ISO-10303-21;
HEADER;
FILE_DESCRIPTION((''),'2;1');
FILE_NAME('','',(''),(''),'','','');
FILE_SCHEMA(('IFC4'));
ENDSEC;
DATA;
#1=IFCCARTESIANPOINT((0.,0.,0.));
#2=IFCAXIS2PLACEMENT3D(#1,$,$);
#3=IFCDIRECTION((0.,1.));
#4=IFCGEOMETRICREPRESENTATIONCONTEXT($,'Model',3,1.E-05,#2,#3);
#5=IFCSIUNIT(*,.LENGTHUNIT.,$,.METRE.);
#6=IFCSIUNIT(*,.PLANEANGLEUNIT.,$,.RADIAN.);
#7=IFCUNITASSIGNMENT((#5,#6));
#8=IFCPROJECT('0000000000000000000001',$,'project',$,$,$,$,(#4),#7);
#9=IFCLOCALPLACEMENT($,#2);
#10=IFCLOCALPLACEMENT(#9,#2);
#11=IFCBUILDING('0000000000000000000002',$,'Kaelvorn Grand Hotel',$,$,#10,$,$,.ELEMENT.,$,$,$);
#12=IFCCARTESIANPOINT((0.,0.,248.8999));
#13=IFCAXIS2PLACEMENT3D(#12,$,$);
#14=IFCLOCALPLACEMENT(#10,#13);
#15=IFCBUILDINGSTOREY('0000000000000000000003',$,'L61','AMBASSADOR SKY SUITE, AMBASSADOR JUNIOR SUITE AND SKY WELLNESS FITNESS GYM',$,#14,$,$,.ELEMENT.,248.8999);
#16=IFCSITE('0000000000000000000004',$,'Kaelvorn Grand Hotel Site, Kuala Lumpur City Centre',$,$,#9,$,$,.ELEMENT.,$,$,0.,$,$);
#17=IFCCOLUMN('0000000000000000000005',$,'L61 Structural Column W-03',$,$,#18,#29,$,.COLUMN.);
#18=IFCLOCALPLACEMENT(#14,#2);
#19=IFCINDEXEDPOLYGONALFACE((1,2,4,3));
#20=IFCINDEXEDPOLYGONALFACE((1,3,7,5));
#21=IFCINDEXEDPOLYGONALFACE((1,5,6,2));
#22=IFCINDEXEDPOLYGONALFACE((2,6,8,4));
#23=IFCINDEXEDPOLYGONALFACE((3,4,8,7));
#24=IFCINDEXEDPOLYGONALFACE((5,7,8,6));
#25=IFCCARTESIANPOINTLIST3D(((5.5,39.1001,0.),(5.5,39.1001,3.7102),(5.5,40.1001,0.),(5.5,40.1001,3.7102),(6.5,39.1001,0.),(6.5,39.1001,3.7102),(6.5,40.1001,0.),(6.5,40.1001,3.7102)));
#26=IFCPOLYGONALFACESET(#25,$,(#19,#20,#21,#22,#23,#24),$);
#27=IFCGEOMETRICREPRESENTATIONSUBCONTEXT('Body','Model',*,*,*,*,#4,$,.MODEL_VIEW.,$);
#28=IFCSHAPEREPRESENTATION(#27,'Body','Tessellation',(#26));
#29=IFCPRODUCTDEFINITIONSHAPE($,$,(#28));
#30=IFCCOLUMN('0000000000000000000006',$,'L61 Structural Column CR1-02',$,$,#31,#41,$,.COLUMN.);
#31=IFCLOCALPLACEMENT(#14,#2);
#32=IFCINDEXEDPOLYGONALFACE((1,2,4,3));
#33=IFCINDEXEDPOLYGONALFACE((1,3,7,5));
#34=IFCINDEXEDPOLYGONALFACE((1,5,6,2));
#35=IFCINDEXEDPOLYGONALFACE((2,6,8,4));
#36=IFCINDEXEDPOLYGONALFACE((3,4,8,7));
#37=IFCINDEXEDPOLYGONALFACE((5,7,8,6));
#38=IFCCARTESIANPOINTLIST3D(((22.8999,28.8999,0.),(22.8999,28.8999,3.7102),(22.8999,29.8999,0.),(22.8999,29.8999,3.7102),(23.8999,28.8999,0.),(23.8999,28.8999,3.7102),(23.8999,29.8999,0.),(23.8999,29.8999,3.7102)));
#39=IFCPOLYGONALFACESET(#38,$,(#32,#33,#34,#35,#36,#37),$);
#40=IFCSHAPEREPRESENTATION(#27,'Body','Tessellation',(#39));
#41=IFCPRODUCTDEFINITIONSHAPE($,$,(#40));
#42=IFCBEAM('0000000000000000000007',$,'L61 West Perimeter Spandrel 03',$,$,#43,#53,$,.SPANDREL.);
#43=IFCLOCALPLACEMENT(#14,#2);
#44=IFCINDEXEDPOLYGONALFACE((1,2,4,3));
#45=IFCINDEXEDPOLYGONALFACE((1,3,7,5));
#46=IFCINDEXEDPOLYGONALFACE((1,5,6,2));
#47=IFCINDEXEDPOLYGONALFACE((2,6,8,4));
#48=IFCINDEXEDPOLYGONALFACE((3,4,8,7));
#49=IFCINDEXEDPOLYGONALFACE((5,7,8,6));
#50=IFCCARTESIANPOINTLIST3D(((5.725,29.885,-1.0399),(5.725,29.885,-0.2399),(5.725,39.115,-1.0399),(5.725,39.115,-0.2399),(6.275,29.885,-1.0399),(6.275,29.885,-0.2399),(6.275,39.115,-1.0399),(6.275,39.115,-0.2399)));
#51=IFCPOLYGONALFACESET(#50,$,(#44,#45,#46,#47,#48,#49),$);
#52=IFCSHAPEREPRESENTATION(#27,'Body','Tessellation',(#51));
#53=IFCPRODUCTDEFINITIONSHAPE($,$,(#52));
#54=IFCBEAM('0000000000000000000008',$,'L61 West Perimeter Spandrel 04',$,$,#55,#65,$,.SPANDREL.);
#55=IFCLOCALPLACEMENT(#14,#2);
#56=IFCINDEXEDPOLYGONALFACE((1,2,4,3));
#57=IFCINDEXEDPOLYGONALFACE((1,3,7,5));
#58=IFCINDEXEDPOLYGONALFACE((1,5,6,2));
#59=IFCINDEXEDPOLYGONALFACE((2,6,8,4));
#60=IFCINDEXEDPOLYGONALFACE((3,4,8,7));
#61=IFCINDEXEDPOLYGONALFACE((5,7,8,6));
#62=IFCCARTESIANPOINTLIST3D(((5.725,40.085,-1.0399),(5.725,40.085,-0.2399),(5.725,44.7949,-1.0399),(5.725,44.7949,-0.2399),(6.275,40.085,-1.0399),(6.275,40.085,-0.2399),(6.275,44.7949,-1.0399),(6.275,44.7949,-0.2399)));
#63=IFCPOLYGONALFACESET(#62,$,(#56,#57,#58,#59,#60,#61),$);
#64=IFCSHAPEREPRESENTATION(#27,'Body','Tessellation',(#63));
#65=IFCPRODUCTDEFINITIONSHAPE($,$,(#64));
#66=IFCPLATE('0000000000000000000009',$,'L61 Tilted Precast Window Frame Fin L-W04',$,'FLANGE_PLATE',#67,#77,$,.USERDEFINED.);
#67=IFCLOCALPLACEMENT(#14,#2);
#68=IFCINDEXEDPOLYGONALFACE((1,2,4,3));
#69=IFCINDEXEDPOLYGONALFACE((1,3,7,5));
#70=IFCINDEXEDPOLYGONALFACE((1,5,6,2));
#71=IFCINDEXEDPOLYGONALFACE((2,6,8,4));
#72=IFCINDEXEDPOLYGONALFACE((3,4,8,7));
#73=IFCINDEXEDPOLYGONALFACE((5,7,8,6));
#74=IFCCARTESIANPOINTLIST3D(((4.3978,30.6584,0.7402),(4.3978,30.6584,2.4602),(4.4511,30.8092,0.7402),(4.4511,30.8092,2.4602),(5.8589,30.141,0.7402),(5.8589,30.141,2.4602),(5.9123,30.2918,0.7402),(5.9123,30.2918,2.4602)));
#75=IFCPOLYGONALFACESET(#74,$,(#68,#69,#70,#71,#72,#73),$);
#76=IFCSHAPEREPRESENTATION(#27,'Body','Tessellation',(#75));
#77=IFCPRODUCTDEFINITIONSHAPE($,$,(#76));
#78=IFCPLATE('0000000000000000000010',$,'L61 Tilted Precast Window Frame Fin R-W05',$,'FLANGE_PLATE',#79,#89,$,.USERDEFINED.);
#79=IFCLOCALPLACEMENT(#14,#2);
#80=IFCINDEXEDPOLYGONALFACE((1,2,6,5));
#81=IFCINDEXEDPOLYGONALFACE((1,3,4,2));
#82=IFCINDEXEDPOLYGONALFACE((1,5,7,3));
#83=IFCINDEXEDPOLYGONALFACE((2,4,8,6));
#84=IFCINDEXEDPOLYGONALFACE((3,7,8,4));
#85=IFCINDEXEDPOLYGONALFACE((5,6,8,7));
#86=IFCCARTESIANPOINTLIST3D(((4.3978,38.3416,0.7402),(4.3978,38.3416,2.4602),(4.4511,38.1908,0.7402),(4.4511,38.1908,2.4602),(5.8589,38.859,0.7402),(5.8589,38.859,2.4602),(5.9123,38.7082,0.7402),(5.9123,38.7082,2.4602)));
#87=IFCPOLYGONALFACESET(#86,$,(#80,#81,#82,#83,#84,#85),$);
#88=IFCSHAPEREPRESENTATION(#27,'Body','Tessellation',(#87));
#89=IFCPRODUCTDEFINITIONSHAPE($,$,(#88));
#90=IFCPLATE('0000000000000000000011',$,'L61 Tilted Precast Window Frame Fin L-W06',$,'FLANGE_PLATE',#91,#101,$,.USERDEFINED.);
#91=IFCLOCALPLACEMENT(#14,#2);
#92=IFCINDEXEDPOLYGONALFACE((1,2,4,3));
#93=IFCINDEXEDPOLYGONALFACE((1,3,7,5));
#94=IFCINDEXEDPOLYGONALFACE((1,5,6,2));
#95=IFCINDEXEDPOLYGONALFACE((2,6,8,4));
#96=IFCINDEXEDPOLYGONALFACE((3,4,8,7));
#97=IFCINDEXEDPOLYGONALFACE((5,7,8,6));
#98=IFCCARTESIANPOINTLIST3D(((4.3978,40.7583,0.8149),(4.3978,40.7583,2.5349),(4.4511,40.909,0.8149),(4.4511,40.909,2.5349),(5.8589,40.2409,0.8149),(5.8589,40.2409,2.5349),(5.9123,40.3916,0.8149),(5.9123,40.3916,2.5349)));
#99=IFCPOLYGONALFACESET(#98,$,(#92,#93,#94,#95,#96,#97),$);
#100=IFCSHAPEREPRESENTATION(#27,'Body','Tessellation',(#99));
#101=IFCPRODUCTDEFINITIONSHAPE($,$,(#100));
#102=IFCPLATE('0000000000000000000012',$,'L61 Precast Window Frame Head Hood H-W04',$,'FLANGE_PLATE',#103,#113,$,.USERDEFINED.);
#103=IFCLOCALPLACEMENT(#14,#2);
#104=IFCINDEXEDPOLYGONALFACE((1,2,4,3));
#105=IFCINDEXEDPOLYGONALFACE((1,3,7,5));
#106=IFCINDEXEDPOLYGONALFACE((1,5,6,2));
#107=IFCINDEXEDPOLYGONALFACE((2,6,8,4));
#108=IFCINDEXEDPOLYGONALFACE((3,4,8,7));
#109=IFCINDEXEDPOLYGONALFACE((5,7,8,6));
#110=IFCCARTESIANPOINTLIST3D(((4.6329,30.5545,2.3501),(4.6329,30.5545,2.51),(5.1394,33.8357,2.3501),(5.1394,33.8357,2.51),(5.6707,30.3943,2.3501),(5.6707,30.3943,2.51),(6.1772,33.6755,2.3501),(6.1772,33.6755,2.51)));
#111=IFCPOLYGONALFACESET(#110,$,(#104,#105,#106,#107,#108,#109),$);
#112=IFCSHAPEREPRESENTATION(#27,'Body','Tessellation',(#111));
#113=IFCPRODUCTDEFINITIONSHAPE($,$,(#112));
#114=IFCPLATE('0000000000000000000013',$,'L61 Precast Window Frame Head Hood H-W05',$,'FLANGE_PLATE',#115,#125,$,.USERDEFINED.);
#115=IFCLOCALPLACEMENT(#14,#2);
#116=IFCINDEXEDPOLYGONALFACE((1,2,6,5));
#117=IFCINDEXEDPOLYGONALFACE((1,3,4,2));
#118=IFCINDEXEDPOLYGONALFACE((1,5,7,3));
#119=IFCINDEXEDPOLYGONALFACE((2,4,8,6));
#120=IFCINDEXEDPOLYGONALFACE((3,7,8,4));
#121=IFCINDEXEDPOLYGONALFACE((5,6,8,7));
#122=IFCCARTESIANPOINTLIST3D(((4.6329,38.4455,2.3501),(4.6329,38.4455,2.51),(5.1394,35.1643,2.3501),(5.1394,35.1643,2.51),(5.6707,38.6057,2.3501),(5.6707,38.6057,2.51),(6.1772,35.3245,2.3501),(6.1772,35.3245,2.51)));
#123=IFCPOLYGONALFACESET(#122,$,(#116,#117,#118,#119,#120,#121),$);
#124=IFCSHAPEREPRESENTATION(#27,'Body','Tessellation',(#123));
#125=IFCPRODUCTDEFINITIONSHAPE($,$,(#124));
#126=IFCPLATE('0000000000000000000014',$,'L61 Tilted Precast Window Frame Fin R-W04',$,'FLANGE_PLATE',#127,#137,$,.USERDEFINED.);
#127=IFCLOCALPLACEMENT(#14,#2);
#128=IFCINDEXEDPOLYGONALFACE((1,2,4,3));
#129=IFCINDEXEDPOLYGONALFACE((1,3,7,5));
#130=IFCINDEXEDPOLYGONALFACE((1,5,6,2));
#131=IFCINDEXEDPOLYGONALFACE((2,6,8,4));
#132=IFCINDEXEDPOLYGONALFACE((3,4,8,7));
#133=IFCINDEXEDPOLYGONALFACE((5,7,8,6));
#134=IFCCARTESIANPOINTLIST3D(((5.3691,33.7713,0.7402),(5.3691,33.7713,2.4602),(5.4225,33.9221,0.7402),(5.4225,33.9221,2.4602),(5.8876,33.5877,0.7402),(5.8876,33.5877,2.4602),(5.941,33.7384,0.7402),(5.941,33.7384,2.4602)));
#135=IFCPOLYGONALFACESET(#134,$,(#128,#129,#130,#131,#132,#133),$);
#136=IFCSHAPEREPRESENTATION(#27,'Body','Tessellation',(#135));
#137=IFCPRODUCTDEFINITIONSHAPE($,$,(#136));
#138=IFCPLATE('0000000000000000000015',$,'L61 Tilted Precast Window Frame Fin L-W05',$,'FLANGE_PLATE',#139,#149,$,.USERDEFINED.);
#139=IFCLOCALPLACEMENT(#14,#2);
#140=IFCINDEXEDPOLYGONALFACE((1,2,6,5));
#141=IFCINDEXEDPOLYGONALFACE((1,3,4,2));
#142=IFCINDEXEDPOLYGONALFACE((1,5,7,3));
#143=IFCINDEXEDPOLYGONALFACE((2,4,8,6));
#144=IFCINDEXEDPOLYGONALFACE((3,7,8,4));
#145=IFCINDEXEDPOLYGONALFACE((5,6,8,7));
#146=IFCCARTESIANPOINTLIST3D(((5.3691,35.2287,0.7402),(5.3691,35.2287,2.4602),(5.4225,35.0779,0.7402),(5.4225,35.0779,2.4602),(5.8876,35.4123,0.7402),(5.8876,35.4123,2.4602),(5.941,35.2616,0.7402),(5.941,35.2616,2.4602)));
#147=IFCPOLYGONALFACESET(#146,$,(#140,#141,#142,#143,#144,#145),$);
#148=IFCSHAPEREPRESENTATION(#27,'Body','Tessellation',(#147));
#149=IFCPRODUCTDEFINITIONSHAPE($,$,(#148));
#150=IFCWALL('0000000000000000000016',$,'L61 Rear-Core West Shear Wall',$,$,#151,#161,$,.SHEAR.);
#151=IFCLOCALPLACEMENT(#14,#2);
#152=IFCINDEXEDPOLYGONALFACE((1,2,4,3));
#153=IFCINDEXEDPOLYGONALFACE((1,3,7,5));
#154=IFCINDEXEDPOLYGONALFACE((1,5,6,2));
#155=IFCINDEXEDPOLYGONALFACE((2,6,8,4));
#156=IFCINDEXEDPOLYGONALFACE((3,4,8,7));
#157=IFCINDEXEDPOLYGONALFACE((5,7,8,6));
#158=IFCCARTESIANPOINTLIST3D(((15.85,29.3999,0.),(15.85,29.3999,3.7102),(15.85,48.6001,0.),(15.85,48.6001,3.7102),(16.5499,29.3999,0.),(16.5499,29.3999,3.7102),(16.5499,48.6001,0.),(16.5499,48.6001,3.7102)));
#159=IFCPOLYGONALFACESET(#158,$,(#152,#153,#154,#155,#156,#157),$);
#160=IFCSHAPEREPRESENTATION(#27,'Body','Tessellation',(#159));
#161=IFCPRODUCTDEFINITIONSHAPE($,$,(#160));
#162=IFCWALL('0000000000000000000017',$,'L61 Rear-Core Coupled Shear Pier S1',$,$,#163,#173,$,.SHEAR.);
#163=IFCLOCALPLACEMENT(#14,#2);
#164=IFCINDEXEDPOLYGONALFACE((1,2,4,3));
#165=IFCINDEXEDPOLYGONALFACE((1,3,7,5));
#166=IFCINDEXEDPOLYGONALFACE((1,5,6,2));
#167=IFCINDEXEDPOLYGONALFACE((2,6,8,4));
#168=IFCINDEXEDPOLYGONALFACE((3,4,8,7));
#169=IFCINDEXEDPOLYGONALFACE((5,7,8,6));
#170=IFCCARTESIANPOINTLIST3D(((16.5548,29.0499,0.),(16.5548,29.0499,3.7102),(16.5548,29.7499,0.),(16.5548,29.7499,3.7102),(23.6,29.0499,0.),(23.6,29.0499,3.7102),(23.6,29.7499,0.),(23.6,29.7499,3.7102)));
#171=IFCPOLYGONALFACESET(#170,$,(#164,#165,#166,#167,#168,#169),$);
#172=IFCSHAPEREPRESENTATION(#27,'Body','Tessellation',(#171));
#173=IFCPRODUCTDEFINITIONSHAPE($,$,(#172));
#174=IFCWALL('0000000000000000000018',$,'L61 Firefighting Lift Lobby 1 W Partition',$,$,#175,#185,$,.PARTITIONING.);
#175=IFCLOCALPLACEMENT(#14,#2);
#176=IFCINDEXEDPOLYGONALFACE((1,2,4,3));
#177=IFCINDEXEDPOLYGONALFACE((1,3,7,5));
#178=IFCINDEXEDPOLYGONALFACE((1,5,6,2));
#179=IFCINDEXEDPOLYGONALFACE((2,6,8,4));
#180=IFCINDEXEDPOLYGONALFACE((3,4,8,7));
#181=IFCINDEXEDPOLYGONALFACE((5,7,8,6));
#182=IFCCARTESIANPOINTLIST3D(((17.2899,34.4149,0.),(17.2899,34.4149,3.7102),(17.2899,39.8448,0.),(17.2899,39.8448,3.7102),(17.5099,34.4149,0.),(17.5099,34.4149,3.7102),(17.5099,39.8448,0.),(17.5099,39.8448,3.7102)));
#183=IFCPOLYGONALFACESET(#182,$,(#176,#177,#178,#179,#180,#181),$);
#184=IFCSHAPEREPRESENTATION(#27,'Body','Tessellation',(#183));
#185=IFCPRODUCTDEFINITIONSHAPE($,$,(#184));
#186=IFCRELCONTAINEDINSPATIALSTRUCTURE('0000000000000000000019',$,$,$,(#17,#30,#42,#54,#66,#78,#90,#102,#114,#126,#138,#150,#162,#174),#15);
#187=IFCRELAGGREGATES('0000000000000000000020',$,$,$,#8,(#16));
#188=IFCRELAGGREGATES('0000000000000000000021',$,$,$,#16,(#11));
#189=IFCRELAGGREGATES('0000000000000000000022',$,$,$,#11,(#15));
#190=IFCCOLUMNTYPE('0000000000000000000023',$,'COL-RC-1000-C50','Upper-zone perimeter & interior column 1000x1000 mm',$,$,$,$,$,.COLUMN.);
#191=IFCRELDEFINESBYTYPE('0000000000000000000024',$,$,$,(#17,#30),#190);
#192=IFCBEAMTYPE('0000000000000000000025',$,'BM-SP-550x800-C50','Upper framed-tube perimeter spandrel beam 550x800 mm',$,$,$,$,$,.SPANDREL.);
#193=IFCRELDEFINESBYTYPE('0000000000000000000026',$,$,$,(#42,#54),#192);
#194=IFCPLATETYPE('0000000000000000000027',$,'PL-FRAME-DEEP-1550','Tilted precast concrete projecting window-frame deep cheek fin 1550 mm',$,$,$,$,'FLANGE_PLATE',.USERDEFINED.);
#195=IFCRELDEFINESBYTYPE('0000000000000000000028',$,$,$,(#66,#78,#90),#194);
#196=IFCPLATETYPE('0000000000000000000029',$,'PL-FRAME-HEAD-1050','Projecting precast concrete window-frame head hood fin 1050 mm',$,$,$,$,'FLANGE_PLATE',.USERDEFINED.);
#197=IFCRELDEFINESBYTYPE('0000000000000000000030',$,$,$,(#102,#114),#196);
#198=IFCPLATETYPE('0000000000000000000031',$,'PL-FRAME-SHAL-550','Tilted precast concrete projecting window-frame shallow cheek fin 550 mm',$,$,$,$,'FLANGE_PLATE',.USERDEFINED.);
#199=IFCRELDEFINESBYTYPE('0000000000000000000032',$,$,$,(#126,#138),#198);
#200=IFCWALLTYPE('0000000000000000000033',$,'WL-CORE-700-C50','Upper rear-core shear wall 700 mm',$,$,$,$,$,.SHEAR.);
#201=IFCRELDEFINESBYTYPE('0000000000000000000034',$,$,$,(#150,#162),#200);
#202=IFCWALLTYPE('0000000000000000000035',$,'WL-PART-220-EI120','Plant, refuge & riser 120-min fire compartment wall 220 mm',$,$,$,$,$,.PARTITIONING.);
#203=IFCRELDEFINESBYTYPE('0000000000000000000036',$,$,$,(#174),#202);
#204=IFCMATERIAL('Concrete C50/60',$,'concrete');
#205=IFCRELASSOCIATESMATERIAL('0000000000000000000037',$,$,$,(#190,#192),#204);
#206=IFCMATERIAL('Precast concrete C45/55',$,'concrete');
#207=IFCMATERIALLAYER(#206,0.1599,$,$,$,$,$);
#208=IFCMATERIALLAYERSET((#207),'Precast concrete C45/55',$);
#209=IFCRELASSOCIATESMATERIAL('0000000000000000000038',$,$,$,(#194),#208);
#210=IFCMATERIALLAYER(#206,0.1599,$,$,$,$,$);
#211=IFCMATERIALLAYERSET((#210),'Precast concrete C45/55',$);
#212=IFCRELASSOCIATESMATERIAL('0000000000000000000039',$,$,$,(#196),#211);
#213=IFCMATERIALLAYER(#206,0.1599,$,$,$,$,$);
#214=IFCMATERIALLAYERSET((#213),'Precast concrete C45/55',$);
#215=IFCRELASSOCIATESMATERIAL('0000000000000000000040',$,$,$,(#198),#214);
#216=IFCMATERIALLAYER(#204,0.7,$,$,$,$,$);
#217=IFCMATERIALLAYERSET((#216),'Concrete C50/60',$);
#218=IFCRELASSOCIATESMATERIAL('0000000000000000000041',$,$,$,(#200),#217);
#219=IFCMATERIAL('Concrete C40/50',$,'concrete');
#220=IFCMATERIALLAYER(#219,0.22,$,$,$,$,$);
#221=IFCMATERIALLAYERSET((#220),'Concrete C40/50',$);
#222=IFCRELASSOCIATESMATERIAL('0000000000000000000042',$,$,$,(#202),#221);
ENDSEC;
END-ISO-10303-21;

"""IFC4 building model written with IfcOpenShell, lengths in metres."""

from ifc_helpers import new_model, si_unit, direction, frame, frame_2d, origin, origin_2d, place, context, subcontext, project, spatial, rectangle, extrude, material, layer, layer_set, material_profile, profile_set, type_object, element, save


model = new_model("IFC4")

# Units and contexts
model_context = context("Model", 3, precision=1e-05, world=origin(), true_north=direction((0.0, 1.0)))
body_context = subcontext(model_context, "Body", "Model", "MODEL_VIEW")
ifc_project = project(units=[si_unit("LENGTHUNIT", "METRE"), si_unit("PLANEANGLEUNIT", "RADIAN")], contexts=[model_context])

# Site, building, storey
site_placement = place(None, origin())
site = spatial("IfcSite", under=ifc_project, at=site_placement, Name="Kaelvorn Grand Hotel Site, Kuala Lumpur City Centre", CompositionType="ELEMENT", RefElevation=0.0)
building_placement = place(site_placement, origin())
building = spatial("IfcBuilding", under=site, at=building_placement, Name="Kaelvorn Grand Hotel", CompositionType="ELEMENT")
storey_placement = place(building_placement, frame((0.0, 0.0, 248.8999)))
storey = spatial("IfcBuildingStorey", under=building, at=storey_placement, Name="L61", Description="AMBASSADOR SKY SUITE, AMBASSADOR JUNIOR SUITE AND SKY WELLNESS FITNESS GYM", CompositionType="ELEMENT", Elevation=248.8999)

# Columns
ifc_material_1 = material(Name="Concrete C50/60", Category="concrete")
ifc_material_profile_1 = material_profile(ifc_material_1, rectangle(XDim=1.0, YDim=1.0, at=origin_2d()), Name="RC COL 1000x1000")
ifc_profile_set_1 = profile_set([ifc_material_profile_1], Name="Concrete C50/60")
column_type = type_object("IfcColumnType", Name="COL-RC-1000-C50", Description="Upper-zone perimeter & interior column 1000x1000 mm", PredefinedType="COLUMN", material=ifc_profile_set_1)
for number, where, z_axis, x_axis, name in (
    (1, (6.0, 39.6001, 0.0), (0.0, 0.0, 1.0), (1.0, 0.0, 0.0), "L61 Structural Column W-03"),
    (2, (23.3999, 29.3999, 0.0), (0.0, 0.0, 1.0), (1.0, 0.0, 0.0), "L61 Structural Column CR1-02"),
):
    element("IfcColumn", number, at=place(storey_placement, frame(where, z_axis=z_axis, x_axis=x_axis)), inside=storey, type_object=column_type, Name=name, PredefinedType="COLUMN", context=body_context, shape_type="SweptSolid", body=[
        extrude(rectangle(XDim=1.0, YDim=1.0, at=origin_2d()), origin(), (0.0, 0.0, 1.0), 3.7102),
    ])

# Beams
ifc_material_profile_2 = material_profile(ifc_material_1, rectangle(XDim=0.55, YDim=0.8, at=origin_2d()), Name="RC SPANDREL 550x800")
ifc_profile_set_2 = profile_set([ifc_material_profile_2], Name="Concrete C50/60")
beam_type = type_object("IfcBeamType", Name="BM-SP-550x800-C50", Description="Upper framed-tube perimeter spandrel beam 550x800 mm", PredefinedType="SPANDREL", material=ifc_profile_set_2)
beam_1_placement = place(storey_placement, frame((6.0, 29.885, -0.6399), z_axis=(0.0, 1.0, 0.0), x_axis=(-1.0, 0.0, 0.0)))
element("IfcBeam", 3, at=beam_1_placement, inside=storey, type_object=beam_type, Name="L61 West Perimeter Spandrel 03", PredefinedType="SPANDREL", context=body_context, shape_type="SweptSolid", body=[
    extrude(rectangle(XDim=0.55, YDim=0.8, at=origin_2d()), origin(), (0.0, 0.0, 1.0), 9.23),
])
beam_2_placement = place(storey_placement, frame((6.0, 40.085, -0.6399), z_axis=(0.0, 1.0, 0.0), x_axis=(-1.0, 0.0, 0.0)))
element("IfcBeam", 4, at=beam_2_placement, inside=storey, type_object=beam_type, Name="L61 West Perimeter Spandrel 04", PredefinedType="SPANDREL", context=body_context, shape_type="SweptSolid", body=[
    extrude(rectangle(XDim=0.55, YDim=0.8, at=origin_2d()), origin(), (0.0, 0.0, 1.0), 4.71),
])

# Plates
ifc_material_2 = material(Name="Precast concrete C45/55", Category="concrete")
ifc_layer_1 = layer(ifc_material_2, 0.1599)
ifc_layer_set_1 = layer_set([ifc_layer_1], Name="Precast concrete C45/55")
plate_type_1 = type_object("IfcPlateType", Name="PL-FRAME-DEEP-1550", Description="Tilted precast concrete projecting window-frame deep cheek fin 1550 mm", ElementType="FLANGE_PLATE", PredefinedType="USERDEFINED", material=ifc_layer_set_1)
for number, where, z_axis, x_axis, name in (
    (5, (5.155, 30.4751, 0.7402), (0.0, 0.0, 1.0), (0.333807, 0.942641, 0.0), "L61 Tilted Precast Window Frame Fin L-W04"),
    (6, (5.155, 38.5249, 0.7402), (0.0, 0.0, 1.0), (-0.333807, 0.942641, 0.0), "L61 Tilted Precast Window Frame Fin R-W05"),
    (7, (5.155, 40.575, 0.8149), (0.0, 0.0, 1.0), (0.333807, 0.942641, 0.0), "L61 Tilted Precast Window Frame Fin L-W06"),
):
    element("IfcPlate", number, at=place(storey_placement, frame(where, z_axis=z_axis, x_axis=x_axis)), inside=storey, type_object=plate_type_1, Name=name, ObjectType="FLANGE_PLATE", PredefinedType="USERDEFINED", context=body_context, shape_type="SweptSolid", body=[
        extrude(rectangle(XDim=0.1599, YDim=1.55, at=origin_2d()), origin(), (0.0, 0.0, 1.0), 1.72),
    ])
ifc_layer_2 = layer(ifc_material_2, 0.1599)
ifc_layer_set_2 = layer_set([ifc_layer_2], Name="Precast concrete C45/55")
plate_type_2 = type_object("IfcPlateType", Name="PL-FRAME-HEAD-1050", Description="Projecting precast concrete window-frame head hood fin 1050 mm", ElementType="FLANGE_PLATE", PredefinedType="USERDEFINED", material=ifc_layer_set_2)
for number, where, z_axis, x_axis, name in (
    (8, (5.405, 32.115, 2.3501), (0.0, 0.0, 1.0), (0.152555, 0.988295, 0.0), "L61 Precast Window Frame Head Hood H-W04"),
    (9, (5.405, 36.885, 2.3501), (0.0, 0.0, 1.0), (-0.152555, 0.988295, 0.0), "L61 Precast Window Frame Head Hood H-W05"),
):
    element("IfcPlate", number, at=place(storey_placement, frame(where, z_axis=z_axis, x_axis=x_axis)), inside=storey, type_object=plate_type_2, Name=name, ObjectType="FLANGE_PLATE", PredefinedType="USERDEFINED", context=body_context, shape_type="SweptSolid", body=[
        extrude(rectangle(XDim=3.3201, YDim=1.05, at=origin_2d()), origin(), (0.0, 0.0, 1.0), 0.1599),
    ])
ifc_layer_3 = layer(ifc_material_2, 0.1599)
ifc_layer_set_3 = layer_set([ifc_layer_3], Name="Precast concrete C45/55")
plate_type_3 = type_object("IfcPlateType", Name="PL-FRAME-SHAL-550", Description="Tilted precast concrete projecting window-frame shallow cheek fin 550 mm", ElementType="FLANGE_PLATE", PredefinedType="USERDEFINED", material=ifc_layer_set_3)
for number, where, z_axis, x_axis, name in (
    (10, (5.655, 33.7549, 0.7402), (0.0, 0.0, 1.0), (0.333807, 0.942641, 0.0), "L61 Tilted Precast Window Frame Fin R-W04"),
    (11, (5.655, 35.2451, 0.7402), (0.0, 0.0, 1.0), (-0.333807, 0.942641, 0.0), "L61 Tilted Precast Window Frame Fin L-W05"),
):
    element("IfcPlate", number, at=place(storey_placement, frame(where, z_axis=z_axis, x_axis=x_axis)), inside=storey, type_object=plate_type_3, Name=name, ObjectType="FLANGE_PLATE", PredefinedType="USERDEFINED", context=body_context, shape_type="SweptSolid", body=[
        extrude(rectangle(XDim=0.1599, YDim=0.55, at=origin_2d()), origin(), (0.0, 0.0, 1.0), 1.72),
    ])

# Walls
ifc_layer_4 = layer(ifc_material_1, 0.7)
ifc_layer_set_4 = layer_set([ifc_layer_4], Name="Concrete C50/60")
wall_type_1 = type_object("IfcWallType", Name="WL-CORE-700-C50", Description="Upper rear-core shear wall 700 mm", PredefinedType="SHEAR", material=ifc_layer_set_4)
wall_1_placement = place(storey_placement, frame((16.2, 29.3999, 0.0), z_axis=(0.0, 0.0, 1.0), x_axis=(0.0, 1.0, 0.0)))
element("IfcWall", 12, at=wall_1_placement, inside=storey, type_object=wall_type_1, Name="L61 Rear-Core West Shear Wall", PredefinedType="SHEAR", context=body_context, shape_type="SweptSolid", body=[
    extrude(rectangle(XDim=19.2002, YDim=0.7, at=frame_2d((9.6001, 0.0))), origin(), (0.0, 0.0, 1.0), 3.7102),
])
wall_2_placement = place(storey_placement, frame((16.5549, 29.3999, 0.0), z_axis=(0.0, 0.0, 1.0), x_axis=(1.0, 0.0, 0.0)))
element("IfcWall", 13, at=wall_2_placement, inside=storey, type_object=wall_type_1, Name="L61 Rear-Core Coupled Shear Pier S1", PredefinedType="SHEAR", context=body_context, shape_type="SweptSolid", body=[
    extrude(rectangle(XDim=7.0452, YDim=0.7, at=frame_2d((3.5225, 0.0))), origin(), (0.0, 0.0, 1.0), 3.7102),
])

# Shared definitions
ifc_material_3 = material(Name="Concrete C40/50", Category="concrete")
ifc_layer_5 = layer(ifc_material_3, 0.22)
ifc_layer_set_5 = layer_set([ifc_layer_5], Name="Concrete C40/50")
wall_type_2 = type_object("IfcWallType", Name="WL-PART-220-EI120", Description="Plant, refuge & riser 120-min fire compartment wall 220 mm", PredefinedType="PARTITIONING", material=ifc_layer_set_5)

# Wall
wall_3_placement = place(storey_placement, frame((17.3999, 34.415, 0.0), z_axis=(0.0, 0.0, 1.0), x_axis=(0.0, 1.0, 0.0)))
element("IfcWall", 14, at=wall_3_placement, inside=storey, type_object=wall_type_2, Name="L61 Firefighting Lift Lobby 1 W Partition", PredefinedType="PARTITIONING", context=body_context, shape_type="SweptSolid", body=[
    extrude(rectangle(XDim=5.4299, YDim=0.22, at=frame_2d((2.7148, 0.0))), origin(), (0.0, 0.0, 1.0), 3.7102),
])

save(model, "model.ifc")
